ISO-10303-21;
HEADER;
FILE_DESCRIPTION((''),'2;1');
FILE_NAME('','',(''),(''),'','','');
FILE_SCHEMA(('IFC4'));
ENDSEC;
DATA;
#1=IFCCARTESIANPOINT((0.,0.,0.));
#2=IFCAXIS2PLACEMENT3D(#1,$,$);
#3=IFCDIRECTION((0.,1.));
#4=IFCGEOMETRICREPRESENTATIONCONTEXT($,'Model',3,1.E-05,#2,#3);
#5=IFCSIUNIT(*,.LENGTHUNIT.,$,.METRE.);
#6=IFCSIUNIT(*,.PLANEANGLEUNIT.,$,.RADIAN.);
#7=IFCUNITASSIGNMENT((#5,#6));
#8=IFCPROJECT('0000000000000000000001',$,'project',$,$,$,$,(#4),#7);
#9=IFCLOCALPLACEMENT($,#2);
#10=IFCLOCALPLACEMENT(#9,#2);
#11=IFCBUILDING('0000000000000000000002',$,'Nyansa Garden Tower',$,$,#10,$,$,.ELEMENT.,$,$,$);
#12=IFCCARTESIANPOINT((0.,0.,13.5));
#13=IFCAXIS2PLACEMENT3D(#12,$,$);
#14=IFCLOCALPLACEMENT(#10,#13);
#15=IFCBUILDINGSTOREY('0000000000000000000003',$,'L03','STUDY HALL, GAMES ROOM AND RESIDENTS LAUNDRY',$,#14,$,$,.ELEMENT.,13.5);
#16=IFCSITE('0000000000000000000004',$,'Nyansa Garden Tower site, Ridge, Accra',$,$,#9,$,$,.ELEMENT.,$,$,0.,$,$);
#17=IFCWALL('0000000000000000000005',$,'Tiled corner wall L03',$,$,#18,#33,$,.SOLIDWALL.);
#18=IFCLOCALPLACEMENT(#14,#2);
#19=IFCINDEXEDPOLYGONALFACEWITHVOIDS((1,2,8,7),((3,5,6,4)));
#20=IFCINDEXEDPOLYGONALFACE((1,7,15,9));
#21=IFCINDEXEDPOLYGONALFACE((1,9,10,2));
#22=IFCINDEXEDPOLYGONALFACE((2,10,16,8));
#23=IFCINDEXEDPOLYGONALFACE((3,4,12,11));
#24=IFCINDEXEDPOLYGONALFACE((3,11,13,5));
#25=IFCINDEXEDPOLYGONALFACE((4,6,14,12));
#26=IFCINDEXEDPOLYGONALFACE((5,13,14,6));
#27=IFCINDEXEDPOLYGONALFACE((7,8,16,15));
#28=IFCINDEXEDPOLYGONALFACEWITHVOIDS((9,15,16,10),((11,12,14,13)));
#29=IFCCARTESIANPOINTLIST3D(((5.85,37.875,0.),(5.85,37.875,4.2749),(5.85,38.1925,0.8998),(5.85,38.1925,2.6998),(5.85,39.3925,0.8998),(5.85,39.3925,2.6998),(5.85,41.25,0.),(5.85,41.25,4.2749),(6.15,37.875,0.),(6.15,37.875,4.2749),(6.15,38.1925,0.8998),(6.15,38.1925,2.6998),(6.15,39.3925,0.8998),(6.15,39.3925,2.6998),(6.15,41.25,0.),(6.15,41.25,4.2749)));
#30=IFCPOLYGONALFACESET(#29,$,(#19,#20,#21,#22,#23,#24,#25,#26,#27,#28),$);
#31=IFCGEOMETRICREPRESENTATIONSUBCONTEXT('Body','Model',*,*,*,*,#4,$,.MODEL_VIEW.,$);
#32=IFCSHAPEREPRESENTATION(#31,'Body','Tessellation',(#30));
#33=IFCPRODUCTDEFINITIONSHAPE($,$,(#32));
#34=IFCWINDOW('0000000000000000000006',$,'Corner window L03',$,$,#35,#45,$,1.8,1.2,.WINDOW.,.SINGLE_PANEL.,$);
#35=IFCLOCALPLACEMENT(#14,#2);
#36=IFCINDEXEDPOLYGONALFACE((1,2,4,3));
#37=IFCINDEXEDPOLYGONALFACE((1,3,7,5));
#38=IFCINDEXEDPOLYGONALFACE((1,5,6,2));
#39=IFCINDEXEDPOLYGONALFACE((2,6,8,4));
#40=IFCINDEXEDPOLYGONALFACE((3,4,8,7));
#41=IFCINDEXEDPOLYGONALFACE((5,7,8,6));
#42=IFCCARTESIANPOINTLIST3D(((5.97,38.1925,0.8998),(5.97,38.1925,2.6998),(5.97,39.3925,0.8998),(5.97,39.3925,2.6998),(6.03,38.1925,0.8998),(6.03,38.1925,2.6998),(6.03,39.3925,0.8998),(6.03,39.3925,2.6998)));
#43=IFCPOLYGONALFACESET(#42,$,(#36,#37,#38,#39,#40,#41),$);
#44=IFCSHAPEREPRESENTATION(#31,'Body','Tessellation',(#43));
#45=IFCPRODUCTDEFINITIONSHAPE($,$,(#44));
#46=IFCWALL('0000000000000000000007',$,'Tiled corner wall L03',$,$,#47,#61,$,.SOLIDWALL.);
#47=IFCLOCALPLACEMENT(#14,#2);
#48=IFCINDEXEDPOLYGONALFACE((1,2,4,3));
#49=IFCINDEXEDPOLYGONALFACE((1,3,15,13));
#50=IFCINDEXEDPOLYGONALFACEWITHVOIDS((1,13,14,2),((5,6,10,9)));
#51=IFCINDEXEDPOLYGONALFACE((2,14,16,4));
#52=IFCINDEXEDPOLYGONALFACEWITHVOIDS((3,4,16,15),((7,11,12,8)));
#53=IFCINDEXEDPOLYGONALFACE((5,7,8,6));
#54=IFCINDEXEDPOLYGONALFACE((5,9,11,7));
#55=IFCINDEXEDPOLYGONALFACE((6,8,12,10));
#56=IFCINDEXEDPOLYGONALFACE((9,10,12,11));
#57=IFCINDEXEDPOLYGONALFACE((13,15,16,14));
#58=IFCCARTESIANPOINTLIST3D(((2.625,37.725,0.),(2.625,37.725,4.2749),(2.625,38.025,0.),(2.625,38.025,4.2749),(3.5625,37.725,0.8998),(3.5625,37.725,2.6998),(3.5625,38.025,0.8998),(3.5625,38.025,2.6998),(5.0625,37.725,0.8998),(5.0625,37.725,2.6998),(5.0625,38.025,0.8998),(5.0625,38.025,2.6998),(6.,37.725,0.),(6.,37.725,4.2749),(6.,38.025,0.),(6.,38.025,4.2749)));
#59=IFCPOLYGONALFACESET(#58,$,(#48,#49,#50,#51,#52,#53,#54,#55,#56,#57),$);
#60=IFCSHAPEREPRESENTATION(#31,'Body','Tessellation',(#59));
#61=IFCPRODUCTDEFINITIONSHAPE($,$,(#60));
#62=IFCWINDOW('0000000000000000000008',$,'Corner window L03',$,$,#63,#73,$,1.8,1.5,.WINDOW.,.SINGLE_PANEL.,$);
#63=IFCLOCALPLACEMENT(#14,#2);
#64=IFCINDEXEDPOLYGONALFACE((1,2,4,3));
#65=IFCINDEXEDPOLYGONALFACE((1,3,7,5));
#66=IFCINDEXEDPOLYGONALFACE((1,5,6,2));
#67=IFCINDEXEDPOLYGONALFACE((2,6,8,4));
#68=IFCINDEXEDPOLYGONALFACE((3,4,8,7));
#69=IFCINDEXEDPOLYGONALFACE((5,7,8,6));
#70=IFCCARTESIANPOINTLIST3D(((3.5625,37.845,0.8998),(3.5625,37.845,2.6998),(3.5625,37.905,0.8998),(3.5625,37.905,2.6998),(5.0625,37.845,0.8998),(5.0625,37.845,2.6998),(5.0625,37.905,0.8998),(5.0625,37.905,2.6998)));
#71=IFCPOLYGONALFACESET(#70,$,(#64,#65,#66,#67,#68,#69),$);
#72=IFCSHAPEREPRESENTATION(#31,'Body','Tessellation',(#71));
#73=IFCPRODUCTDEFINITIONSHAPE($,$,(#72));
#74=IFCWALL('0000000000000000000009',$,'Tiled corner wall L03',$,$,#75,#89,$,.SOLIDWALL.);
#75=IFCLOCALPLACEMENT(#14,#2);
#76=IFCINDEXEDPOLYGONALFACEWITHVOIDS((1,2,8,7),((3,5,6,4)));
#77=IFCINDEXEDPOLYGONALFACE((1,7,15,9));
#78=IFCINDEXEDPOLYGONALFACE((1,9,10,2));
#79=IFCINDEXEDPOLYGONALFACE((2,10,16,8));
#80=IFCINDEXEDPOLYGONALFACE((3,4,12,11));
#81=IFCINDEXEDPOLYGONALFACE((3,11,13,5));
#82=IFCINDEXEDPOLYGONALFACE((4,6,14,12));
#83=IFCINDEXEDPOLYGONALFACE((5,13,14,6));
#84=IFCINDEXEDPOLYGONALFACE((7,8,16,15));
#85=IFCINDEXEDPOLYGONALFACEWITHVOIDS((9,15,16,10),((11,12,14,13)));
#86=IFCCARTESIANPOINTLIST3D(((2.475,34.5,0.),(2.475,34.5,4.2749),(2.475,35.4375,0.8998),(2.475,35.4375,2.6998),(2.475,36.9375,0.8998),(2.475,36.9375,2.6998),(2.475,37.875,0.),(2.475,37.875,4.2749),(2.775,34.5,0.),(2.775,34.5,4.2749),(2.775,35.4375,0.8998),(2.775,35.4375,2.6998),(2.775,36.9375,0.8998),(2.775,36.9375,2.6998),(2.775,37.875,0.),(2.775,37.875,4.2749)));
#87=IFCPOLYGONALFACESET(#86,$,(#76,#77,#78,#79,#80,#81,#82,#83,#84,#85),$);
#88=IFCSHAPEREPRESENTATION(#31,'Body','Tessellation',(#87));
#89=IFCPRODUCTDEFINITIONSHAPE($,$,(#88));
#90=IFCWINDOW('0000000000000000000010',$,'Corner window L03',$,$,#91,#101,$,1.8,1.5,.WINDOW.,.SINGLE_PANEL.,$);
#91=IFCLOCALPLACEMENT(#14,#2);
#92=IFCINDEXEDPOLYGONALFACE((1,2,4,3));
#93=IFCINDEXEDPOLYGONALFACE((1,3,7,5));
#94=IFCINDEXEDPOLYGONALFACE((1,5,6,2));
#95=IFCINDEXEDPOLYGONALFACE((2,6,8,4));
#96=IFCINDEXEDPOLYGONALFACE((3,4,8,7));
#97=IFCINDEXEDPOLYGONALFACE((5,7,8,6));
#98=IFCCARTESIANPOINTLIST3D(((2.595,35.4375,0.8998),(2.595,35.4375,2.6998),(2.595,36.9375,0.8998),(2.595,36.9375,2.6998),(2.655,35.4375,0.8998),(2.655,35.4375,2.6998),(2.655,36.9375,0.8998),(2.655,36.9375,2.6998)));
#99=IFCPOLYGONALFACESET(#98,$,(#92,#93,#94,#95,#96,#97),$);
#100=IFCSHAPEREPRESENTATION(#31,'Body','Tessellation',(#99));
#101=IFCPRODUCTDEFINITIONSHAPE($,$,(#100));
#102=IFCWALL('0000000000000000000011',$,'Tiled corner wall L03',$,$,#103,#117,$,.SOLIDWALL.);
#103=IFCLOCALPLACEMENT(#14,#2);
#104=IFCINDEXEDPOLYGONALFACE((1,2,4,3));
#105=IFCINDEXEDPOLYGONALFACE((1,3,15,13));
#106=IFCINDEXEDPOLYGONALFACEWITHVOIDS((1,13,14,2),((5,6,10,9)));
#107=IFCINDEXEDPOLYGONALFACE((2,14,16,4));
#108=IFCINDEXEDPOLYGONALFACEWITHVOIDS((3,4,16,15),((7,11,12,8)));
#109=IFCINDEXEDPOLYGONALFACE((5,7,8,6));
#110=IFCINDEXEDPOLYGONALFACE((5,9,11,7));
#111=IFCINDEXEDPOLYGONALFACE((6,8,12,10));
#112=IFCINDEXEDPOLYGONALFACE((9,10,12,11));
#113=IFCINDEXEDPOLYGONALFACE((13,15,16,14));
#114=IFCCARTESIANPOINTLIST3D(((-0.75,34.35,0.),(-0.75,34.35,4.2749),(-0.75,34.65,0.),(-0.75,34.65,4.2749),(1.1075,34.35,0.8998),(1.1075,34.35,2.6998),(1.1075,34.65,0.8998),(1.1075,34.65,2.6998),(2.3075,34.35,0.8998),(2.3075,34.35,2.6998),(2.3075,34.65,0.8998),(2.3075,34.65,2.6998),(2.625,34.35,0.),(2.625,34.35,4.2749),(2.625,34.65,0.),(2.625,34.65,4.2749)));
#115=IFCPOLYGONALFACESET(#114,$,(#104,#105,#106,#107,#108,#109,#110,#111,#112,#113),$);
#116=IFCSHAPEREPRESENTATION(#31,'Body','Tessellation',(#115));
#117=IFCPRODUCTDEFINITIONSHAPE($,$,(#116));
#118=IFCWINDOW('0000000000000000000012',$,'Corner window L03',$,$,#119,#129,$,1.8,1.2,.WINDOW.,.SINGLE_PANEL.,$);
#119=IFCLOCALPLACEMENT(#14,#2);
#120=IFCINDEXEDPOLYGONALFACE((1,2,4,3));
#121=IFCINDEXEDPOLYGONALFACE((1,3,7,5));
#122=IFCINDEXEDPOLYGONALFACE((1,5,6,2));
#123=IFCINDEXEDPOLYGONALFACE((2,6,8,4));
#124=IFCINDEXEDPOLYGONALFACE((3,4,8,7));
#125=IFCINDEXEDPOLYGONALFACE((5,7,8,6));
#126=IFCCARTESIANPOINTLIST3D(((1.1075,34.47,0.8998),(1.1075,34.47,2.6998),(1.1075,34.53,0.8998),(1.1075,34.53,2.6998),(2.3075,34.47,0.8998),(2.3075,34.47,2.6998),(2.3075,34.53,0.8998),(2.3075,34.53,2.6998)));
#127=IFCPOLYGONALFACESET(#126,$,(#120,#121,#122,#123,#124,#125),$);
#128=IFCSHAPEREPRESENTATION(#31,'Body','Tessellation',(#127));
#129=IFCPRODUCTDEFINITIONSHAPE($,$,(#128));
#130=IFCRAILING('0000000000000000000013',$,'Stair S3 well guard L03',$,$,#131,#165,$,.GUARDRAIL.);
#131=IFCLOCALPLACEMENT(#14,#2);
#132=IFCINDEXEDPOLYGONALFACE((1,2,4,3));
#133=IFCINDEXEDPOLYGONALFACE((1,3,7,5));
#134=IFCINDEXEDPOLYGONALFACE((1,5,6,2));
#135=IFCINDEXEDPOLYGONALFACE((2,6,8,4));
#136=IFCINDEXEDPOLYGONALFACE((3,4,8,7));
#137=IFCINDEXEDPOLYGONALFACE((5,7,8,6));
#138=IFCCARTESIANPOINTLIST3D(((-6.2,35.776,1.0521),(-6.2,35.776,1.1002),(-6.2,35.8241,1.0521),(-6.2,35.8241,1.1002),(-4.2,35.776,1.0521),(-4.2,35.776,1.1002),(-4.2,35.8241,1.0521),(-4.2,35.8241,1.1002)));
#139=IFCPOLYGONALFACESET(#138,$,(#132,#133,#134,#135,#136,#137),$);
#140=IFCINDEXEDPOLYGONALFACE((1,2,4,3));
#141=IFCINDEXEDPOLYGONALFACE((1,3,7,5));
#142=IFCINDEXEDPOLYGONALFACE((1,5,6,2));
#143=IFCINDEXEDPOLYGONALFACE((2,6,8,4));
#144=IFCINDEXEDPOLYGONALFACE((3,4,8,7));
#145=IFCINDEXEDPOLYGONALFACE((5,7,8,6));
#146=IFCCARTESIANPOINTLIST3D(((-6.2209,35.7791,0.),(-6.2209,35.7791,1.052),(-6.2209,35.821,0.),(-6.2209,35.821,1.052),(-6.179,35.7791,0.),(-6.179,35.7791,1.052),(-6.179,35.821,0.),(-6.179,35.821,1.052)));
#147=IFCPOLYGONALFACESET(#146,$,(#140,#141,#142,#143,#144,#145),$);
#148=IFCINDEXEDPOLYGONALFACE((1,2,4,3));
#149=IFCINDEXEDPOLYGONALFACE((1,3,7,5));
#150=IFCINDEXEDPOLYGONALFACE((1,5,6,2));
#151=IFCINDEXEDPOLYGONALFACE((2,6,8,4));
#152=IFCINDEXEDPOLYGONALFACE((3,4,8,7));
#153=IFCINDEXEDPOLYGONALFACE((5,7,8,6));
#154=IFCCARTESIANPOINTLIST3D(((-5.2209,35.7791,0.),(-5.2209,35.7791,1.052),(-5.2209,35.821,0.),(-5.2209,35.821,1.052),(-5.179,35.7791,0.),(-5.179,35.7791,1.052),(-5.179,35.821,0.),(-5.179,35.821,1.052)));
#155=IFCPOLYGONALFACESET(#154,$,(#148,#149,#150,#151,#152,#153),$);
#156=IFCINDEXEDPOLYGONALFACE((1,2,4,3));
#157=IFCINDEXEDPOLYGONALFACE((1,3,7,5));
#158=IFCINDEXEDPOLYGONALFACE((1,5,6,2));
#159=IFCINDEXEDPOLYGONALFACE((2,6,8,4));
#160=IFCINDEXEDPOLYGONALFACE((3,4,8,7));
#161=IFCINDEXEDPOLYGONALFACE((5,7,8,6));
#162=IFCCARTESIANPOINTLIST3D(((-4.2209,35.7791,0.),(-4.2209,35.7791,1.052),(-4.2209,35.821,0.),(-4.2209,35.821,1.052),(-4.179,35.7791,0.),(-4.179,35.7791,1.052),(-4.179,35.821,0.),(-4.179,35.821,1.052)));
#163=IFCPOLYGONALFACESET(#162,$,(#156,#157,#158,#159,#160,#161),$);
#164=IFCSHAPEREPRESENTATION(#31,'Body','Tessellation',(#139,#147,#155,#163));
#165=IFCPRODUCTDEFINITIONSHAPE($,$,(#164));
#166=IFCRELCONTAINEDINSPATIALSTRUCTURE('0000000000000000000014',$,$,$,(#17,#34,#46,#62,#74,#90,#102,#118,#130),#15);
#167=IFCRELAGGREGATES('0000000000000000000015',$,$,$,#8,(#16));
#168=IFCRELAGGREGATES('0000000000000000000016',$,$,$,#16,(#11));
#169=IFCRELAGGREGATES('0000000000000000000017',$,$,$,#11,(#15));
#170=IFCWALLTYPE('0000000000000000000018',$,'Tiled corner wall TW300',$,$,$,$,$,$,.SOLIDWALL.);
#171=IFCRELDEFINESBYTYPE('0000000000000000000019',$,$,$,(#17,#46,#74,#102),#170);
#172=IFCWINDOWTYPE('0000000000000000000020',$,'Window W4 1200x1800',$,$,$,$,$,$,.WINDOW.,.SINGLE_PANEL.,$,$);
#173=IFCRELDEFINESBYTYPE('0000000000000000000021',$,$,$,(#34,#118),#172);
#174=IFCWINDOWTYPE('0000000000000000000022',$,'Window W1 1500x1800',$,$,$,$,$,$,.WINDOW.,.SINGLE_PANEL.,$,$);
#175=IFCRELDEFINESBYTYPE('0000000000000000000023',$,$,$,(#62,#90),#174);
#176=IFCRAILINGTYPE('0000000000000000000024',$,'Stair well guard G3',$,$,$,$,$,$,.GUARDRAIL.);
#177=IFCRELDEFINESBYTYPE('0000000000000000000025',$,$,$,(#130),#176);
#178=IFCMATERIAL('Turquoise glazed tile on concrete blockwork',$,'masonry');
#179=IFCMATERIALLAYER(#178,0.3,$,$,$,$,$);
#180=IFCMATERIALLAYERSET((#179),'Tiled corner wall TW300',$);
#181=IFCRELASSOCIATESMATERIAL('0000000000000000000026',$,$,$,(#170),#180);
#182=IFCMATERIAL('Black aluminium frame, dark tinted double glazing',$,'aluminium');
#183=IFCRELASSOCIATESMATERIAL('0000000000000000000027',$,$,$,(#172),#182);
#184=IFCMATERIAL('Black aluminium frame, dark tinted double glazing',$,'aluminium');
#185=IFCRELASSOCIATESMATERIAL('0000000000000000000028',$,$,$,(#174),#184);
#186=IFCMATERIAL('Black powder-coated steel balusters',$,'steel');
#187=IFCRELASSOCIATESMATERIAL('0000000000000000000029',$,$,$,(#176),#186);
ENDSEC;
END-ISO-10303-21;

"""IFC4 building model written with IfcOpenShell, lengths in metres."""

from ifc_helpers import new_model, si_unit, direction, frame, frame_2d, origin, origin_2d, place, context, subcontext, project, spatial, rectangle, extrude, material, layer, layer_set, type_object, element, fill, save


model = new_model("IFC4")

# Units and contexts
model_context = context("Model", 3, precision=1e-05, world=origin(), true_north=direction((0.0, 1.0)))
body_context = subcontext(model_context, "Body", "Model", "MODEL_VIEW")
ifc_project = project(units=[si_unit("LENGTHUNIT", "METRE"), si_unit("PLANEANGLEUNIT", "RADIAN")], contexts=[model_context])

# Site, building, storey
site_placement = place(None, origin())
site = spatial("IfcSite", under=ifc_project, at=site_placement, Name="Nyansa Garden Tower site, Ridge, Accra", CompositionType="ELEMENT", RefElevation=0.0)
building_placement = place(site_placement, origin())
building = spatial("IfcBuilding", under=site, at=building_placement, Name="Nyansa Garden Tower", CompositionType="ELEMENT")
storey_placement = place(building_placement, frame((0.0, 0.0, 13.5)))
storey = spatial("IfcBuildingStorey", under=building, at=storey_placement, Name="L03", Description="STUDY HALL, GAMES ROOM AND RESIDENTS LAUNDRY", CompositionType="ELEMENT", Elevation=13.5)

# Walls, openings, windows
ifc_material_1 = material(Name="Turquoise glazed tile on concrete blockwork", Category="masonry")
ifc_layer_1 = layer(ifc_material_1, 0.3)
ifc_layer_set_1 = layer_set([ifc_layer_1], Name="Tiled corner wall TW300")
wall_type_1 = type_object("IfcWallType", Name="Tiled corner wall TW300", PredefinedType="SOLIDWALL", material=ifc_layer_set_1)
wall_1_placement = place(storey_placement, frame((6.0, 41.25, 0.0), z_axis=(0.0, 0.0, 1.0), x_axis=(0.0, -1.0, 0.0)))
wall_1 = element("IfcWall", 1, at=wall_1_placement, inside=storey, type_object=wall_type_1, Name="Tiled corner wall L03", PredefinedType="SOLIDWALL", context=body_context, shape_type="SweptSolid", body=[
    extrude(rectangle(XDim=3.375, YDim=0.3, at=frame_2d((1.6875, 0.0))), origin(), (0.0, 0.0, 1.0), 4.2749),
])
opening_1_placement = place(wall_1_placement, frame((1.8574, 0.0, 0.8999)))
opening_1 = element("IfcOpeningElement", 2, at=opening_1_placement, cuts=wall_1, PredefinedType="OPENING", context=body_context, shape_type="SweptSolid", body=[
    extrude(rectangle(XDim=1.2, YDim=1.8, at=frame_2d((0.6001, 0.8999))), frame((0.0, 0.1599, 0.0), z_axis=(0.0, -1.0, 0.0), x_axis=(1.0, 0.0, 0.0)), (0.0, 0.0, 1.0), 0.3201),
])
ifc_material_2 = material(Name="Black aluminium frame, dark tinted double glazing", Category="aluminium")
window_type_1 = type_object("IfcWindowType", Name="Window W4 1200x1800", PartitioningType="SINGLE_PANEL", PredefinedType="WINDOW", material=ifc_material_2)
window_1_placement = place(opening_1_placement, origin())
window_1 = element("IfcWindow", 3, at=window_1_placement, inside=storey, type_object=window_type_1, Name="Corner window L03", OverallHeight=1.8, OverallWidth=1.2, PartitioningType="SINGLE_PANEL", PredefinedType="WINDOW", context=body_context, shape_type="SweptSolid", body=[
    extrude(rectangle(XDim=1.2, YDim=1.8, at=frame_2d((0.6001, 0.8999))), frame((0.0, 0.03, 0.0), z_axis=(0.0, -1.0, 0.0), x_axis=(1.0, 0.0, 0.0)), (0.0, 0.0, 1.0), 0.0601),
])
fill(opening_1, window_1)
wall_2_placement = place(storey_placement, frame((6.0, 37.875, 0.0), z_axis=(0.0, 0.0, 1.0), x_axis=(-1.0, 0.0, 0.0)))
wall_2 = element("IfcWall", 4, at=wall_2_placement, inside=storey, type_object=wall_type_1, Name="Tiled corner wall L03", PredefinedType="SOLIDWALL", context=body_context, shape_type="SweptSolid", body=[
    extrude(rectangle(XDim=3.375, YDim=0.3, at=frame_2d((1.6875, 0.0))), origin(), (0.0, 0.0, 1.0), 4.2749),
])
opening_2_placement = place(wall_2_placement, frame((0.9375, 0.0, 0.8999)))
opening_2 = element("IfcOpeningElement", 5, at=opening_2_placement, cuts=wall_2, PredefinedType="OPENING", context=body_context, shape_type="SweptSolid", body=[
    extrude(rectangle(XDim=1.5, YDim=1.8, at=frame_2d((0.75, 0.8999))), frame((0.0, 0.1599, 0.0), z_axis=(0.0, -1.0, 0.0), x_axis=(1.0, 0.0, 0.0)), (0.0, 0.0, 1.0), 0.3201),
])
ifc_material_3 = material(Name="Black aluminium frame, dark tinted double glazing", Category="aluminium")
window_type_2 = type_object("IfcWindowType", Name="Window W1 1500x1800", PartitioningType="SINGLE_PANEL", PredefinedType="WINDOW", material=ifc_material_3)
window_2_placement = place(opening_2_placement, origin())
window_2 = element("IfcWindow", 6, at=window_2_placement, inside=storey, type_object=window_type_2, Name="Corner window L03", OverallHeight=1.8, OverallWidth=1.5, PartitioningType="SINGLE_PANEL", PredefinedType="WINDOW", context=body_context, shape_type="SweptSolid", body=[
    extrude(rectangle(XDim=1.5, YDim=1.8, at=frame_2d((0.75, 0.8999))), frame((0.0, 0.03, 0.0), z_axis=(0.0, -1.0, 0.0), x_axis=(1.0, 0.0, 0.0)), (0.0, 0.0, 1.0), 0.0601),
])
fill(opening_2, window_2)
wall_3_placement = place(storey_placement, frame((2.625, 37.875, 0.0), z_axis=(0.0, 0.0, 1.0), x_axis=(0.0, -1.0, 0.0)))
wall_3 = element("IfcWall", 7, at=wall_3_placement, inside=storey, type_object=wall_type_1, Name="Tiled corner wall L03", PredefinedType="SOLIDWALL", context=body_context, shape_type="SweptSolid", body=[
    extrude(rectangle(XDim=3.375, YDim=0.3, at=frame_2d((1.6875, 0.0))), origin(), (0.0, 0.0, 1.0), 4.2749),
])
opening_3_placement = place(wall_3_placement, frame((0.9375, 0.0, 0.8999)))
opening_3 = element("IfcOpeningElement", 8, at=opening_3_placement, cuts=wall_3, PredefinedType="OPENING", context=body_context, shape_type="SweptSolid", body=[
    extrude(rectangle(XDim=1.5, YDim=1.8, at=frame_2d((0.75, 0.8999))), frame((0.0, 0.1599, 0.0), z_axis=(0.0, -1.0, 0.0), x_axis=(1.0, 0.0, 0.0)), (0.0, 0.0, 1.0), 0.3201),
])
window_3_placement = place(opening_3_placement, origin())
window_3 = element("IfcWindow", 9, at=window_3_placement, inside=storey, type_object=window_type_2, Name="Corner window L03", OverallHeight=1.8, OverallWidth=1.5, PartitioningType="SINGLE_PANEL", PredefinedType="WINDOW", context=body_context, shape_type="SweptSolid", body=[
    extrude(rectangle(XDim=1.5, YDim=1.8, at=frame_2d((0.75, 0.8999))), frame((0.0, 0.03, 0.0), z_axis=(0.0, -1.0, 0.0), x_axis=(1.0, 0.0, 0.0)), (0.0, 0.0, 1.0), 0.0601),
])
fill(opening_3, window_3)
wall_4_placement = place(storey_placement, frame((2.625, 34.5, 0.0), z_axis=(0.0, 0.0, 1.0), x_axis=(-1.0, 0.0, 0.0)))
wall_4 = element("IfcWall", 10, at=wall_4_placement, inside=storey, type_object=wall_type_1, Name="Tiled corner wall L03", PredefinedType="SOLIDWALL", context=body_context, shape_type="SweptSolid", body=[
    extrude(rectangle(XDim=3.375, YDim=0.3, at=frame_2d((1.6875, 0.0))), origin(), (0.0, 0.0, 1.0), 4.2749),
])
opening_4_placement = place(wall_4_placement, frame((0.3174, 0.0, 0.8999)))
opening_4 = element("IfcOpeningElement", 11, at=opening_4_placement, cuts=wall_4, PredefinedType="OPENING", context=body_context, shape_type="SweptSolid", body=[
    extrude(rectangle(XDim=1.2, YDim=1.8, at=frame_2d((0.6001, 0.8999))), frame((0.0, 0.1599, 0.0), z_axis=(0.0, -1.0, 0.0), x_axis=(1.0, 0.0, 0.0)), (0.0, 0.0, 1.0), 0.3201),
])
window_4_placement = place(opening_4_placement, origin())
window_4 = element("IfcWindow", 12, at=window_4_placement, inside=storey, type_object=window_type_1, Name="Corner window L03", OverallHeight=1.8, OverallWidth=1.2, PartitioningType="SINGLE_PANEL", PredefinedType="WINDOW", context=body_context, shape_type="SweptSolid", body=[
    extrude(rectangle(XDim=1.2, YDim=1.8, at=frame_2d((0.6001, 0.8999))), frame((0.0, 0.03, 0.0), z_axis=(0.0, -1.0, 0.0), x_axis=(1.0, 0.0, 0.0)), (0.0, 0.0, 1.0), 0.0601),
])
fill(opening_4, window_4)

# Railing
ifc_material_4 = material(Name="Black powder-coated steel balusters", Category="steel")
railing_type_1 = type_object("IfcRailingType", Name="Stair well guard G3", PredefinedType="GUARDRAIL", material=ifc_material_4)
railing_1_placement = place(storey_placement, frame((-6.2, 35.8, 0.0)))
element("IfcRailing", 13, at=railing_1_placement, inside=storey, type_object=railing_type_1, Name="Stair S3 well guard L03", PredefinedType="GUARDRAIL", context=body_context, shape_type="SweptSolid", body=[
    extrude(rectangle(XDim=0.0481, YDim=0.0481, at=origin_2d()), frame((0.0, 0.0, 1.0762), z_axis=(1.0, 0.0, 0.0), x_axis=(0.0, 1.0, 0.0)), (0.0, 0.0, 1.0), 2.0),
    extrude(rectangle(XDim=0.042, YDim=0.042, at=origin_2d()), origin(), (0.0, 0.0, 1.0), 1.052),
    extrude(rectangle(XDim=0.042, YDim=0.042, at=origin_2d()), frame((1.0, 0.0, 0.0)), (0.0, 0.0, 1.0), 1.052),
    extrude(rectangle(XDim=0.042, YDim=0.042, at=origin_2d()), frame((2.0, 0.0, 0.0)), (0.0, 0.0, 1.0), 1.052),
])

save(model, "model.ifc")
